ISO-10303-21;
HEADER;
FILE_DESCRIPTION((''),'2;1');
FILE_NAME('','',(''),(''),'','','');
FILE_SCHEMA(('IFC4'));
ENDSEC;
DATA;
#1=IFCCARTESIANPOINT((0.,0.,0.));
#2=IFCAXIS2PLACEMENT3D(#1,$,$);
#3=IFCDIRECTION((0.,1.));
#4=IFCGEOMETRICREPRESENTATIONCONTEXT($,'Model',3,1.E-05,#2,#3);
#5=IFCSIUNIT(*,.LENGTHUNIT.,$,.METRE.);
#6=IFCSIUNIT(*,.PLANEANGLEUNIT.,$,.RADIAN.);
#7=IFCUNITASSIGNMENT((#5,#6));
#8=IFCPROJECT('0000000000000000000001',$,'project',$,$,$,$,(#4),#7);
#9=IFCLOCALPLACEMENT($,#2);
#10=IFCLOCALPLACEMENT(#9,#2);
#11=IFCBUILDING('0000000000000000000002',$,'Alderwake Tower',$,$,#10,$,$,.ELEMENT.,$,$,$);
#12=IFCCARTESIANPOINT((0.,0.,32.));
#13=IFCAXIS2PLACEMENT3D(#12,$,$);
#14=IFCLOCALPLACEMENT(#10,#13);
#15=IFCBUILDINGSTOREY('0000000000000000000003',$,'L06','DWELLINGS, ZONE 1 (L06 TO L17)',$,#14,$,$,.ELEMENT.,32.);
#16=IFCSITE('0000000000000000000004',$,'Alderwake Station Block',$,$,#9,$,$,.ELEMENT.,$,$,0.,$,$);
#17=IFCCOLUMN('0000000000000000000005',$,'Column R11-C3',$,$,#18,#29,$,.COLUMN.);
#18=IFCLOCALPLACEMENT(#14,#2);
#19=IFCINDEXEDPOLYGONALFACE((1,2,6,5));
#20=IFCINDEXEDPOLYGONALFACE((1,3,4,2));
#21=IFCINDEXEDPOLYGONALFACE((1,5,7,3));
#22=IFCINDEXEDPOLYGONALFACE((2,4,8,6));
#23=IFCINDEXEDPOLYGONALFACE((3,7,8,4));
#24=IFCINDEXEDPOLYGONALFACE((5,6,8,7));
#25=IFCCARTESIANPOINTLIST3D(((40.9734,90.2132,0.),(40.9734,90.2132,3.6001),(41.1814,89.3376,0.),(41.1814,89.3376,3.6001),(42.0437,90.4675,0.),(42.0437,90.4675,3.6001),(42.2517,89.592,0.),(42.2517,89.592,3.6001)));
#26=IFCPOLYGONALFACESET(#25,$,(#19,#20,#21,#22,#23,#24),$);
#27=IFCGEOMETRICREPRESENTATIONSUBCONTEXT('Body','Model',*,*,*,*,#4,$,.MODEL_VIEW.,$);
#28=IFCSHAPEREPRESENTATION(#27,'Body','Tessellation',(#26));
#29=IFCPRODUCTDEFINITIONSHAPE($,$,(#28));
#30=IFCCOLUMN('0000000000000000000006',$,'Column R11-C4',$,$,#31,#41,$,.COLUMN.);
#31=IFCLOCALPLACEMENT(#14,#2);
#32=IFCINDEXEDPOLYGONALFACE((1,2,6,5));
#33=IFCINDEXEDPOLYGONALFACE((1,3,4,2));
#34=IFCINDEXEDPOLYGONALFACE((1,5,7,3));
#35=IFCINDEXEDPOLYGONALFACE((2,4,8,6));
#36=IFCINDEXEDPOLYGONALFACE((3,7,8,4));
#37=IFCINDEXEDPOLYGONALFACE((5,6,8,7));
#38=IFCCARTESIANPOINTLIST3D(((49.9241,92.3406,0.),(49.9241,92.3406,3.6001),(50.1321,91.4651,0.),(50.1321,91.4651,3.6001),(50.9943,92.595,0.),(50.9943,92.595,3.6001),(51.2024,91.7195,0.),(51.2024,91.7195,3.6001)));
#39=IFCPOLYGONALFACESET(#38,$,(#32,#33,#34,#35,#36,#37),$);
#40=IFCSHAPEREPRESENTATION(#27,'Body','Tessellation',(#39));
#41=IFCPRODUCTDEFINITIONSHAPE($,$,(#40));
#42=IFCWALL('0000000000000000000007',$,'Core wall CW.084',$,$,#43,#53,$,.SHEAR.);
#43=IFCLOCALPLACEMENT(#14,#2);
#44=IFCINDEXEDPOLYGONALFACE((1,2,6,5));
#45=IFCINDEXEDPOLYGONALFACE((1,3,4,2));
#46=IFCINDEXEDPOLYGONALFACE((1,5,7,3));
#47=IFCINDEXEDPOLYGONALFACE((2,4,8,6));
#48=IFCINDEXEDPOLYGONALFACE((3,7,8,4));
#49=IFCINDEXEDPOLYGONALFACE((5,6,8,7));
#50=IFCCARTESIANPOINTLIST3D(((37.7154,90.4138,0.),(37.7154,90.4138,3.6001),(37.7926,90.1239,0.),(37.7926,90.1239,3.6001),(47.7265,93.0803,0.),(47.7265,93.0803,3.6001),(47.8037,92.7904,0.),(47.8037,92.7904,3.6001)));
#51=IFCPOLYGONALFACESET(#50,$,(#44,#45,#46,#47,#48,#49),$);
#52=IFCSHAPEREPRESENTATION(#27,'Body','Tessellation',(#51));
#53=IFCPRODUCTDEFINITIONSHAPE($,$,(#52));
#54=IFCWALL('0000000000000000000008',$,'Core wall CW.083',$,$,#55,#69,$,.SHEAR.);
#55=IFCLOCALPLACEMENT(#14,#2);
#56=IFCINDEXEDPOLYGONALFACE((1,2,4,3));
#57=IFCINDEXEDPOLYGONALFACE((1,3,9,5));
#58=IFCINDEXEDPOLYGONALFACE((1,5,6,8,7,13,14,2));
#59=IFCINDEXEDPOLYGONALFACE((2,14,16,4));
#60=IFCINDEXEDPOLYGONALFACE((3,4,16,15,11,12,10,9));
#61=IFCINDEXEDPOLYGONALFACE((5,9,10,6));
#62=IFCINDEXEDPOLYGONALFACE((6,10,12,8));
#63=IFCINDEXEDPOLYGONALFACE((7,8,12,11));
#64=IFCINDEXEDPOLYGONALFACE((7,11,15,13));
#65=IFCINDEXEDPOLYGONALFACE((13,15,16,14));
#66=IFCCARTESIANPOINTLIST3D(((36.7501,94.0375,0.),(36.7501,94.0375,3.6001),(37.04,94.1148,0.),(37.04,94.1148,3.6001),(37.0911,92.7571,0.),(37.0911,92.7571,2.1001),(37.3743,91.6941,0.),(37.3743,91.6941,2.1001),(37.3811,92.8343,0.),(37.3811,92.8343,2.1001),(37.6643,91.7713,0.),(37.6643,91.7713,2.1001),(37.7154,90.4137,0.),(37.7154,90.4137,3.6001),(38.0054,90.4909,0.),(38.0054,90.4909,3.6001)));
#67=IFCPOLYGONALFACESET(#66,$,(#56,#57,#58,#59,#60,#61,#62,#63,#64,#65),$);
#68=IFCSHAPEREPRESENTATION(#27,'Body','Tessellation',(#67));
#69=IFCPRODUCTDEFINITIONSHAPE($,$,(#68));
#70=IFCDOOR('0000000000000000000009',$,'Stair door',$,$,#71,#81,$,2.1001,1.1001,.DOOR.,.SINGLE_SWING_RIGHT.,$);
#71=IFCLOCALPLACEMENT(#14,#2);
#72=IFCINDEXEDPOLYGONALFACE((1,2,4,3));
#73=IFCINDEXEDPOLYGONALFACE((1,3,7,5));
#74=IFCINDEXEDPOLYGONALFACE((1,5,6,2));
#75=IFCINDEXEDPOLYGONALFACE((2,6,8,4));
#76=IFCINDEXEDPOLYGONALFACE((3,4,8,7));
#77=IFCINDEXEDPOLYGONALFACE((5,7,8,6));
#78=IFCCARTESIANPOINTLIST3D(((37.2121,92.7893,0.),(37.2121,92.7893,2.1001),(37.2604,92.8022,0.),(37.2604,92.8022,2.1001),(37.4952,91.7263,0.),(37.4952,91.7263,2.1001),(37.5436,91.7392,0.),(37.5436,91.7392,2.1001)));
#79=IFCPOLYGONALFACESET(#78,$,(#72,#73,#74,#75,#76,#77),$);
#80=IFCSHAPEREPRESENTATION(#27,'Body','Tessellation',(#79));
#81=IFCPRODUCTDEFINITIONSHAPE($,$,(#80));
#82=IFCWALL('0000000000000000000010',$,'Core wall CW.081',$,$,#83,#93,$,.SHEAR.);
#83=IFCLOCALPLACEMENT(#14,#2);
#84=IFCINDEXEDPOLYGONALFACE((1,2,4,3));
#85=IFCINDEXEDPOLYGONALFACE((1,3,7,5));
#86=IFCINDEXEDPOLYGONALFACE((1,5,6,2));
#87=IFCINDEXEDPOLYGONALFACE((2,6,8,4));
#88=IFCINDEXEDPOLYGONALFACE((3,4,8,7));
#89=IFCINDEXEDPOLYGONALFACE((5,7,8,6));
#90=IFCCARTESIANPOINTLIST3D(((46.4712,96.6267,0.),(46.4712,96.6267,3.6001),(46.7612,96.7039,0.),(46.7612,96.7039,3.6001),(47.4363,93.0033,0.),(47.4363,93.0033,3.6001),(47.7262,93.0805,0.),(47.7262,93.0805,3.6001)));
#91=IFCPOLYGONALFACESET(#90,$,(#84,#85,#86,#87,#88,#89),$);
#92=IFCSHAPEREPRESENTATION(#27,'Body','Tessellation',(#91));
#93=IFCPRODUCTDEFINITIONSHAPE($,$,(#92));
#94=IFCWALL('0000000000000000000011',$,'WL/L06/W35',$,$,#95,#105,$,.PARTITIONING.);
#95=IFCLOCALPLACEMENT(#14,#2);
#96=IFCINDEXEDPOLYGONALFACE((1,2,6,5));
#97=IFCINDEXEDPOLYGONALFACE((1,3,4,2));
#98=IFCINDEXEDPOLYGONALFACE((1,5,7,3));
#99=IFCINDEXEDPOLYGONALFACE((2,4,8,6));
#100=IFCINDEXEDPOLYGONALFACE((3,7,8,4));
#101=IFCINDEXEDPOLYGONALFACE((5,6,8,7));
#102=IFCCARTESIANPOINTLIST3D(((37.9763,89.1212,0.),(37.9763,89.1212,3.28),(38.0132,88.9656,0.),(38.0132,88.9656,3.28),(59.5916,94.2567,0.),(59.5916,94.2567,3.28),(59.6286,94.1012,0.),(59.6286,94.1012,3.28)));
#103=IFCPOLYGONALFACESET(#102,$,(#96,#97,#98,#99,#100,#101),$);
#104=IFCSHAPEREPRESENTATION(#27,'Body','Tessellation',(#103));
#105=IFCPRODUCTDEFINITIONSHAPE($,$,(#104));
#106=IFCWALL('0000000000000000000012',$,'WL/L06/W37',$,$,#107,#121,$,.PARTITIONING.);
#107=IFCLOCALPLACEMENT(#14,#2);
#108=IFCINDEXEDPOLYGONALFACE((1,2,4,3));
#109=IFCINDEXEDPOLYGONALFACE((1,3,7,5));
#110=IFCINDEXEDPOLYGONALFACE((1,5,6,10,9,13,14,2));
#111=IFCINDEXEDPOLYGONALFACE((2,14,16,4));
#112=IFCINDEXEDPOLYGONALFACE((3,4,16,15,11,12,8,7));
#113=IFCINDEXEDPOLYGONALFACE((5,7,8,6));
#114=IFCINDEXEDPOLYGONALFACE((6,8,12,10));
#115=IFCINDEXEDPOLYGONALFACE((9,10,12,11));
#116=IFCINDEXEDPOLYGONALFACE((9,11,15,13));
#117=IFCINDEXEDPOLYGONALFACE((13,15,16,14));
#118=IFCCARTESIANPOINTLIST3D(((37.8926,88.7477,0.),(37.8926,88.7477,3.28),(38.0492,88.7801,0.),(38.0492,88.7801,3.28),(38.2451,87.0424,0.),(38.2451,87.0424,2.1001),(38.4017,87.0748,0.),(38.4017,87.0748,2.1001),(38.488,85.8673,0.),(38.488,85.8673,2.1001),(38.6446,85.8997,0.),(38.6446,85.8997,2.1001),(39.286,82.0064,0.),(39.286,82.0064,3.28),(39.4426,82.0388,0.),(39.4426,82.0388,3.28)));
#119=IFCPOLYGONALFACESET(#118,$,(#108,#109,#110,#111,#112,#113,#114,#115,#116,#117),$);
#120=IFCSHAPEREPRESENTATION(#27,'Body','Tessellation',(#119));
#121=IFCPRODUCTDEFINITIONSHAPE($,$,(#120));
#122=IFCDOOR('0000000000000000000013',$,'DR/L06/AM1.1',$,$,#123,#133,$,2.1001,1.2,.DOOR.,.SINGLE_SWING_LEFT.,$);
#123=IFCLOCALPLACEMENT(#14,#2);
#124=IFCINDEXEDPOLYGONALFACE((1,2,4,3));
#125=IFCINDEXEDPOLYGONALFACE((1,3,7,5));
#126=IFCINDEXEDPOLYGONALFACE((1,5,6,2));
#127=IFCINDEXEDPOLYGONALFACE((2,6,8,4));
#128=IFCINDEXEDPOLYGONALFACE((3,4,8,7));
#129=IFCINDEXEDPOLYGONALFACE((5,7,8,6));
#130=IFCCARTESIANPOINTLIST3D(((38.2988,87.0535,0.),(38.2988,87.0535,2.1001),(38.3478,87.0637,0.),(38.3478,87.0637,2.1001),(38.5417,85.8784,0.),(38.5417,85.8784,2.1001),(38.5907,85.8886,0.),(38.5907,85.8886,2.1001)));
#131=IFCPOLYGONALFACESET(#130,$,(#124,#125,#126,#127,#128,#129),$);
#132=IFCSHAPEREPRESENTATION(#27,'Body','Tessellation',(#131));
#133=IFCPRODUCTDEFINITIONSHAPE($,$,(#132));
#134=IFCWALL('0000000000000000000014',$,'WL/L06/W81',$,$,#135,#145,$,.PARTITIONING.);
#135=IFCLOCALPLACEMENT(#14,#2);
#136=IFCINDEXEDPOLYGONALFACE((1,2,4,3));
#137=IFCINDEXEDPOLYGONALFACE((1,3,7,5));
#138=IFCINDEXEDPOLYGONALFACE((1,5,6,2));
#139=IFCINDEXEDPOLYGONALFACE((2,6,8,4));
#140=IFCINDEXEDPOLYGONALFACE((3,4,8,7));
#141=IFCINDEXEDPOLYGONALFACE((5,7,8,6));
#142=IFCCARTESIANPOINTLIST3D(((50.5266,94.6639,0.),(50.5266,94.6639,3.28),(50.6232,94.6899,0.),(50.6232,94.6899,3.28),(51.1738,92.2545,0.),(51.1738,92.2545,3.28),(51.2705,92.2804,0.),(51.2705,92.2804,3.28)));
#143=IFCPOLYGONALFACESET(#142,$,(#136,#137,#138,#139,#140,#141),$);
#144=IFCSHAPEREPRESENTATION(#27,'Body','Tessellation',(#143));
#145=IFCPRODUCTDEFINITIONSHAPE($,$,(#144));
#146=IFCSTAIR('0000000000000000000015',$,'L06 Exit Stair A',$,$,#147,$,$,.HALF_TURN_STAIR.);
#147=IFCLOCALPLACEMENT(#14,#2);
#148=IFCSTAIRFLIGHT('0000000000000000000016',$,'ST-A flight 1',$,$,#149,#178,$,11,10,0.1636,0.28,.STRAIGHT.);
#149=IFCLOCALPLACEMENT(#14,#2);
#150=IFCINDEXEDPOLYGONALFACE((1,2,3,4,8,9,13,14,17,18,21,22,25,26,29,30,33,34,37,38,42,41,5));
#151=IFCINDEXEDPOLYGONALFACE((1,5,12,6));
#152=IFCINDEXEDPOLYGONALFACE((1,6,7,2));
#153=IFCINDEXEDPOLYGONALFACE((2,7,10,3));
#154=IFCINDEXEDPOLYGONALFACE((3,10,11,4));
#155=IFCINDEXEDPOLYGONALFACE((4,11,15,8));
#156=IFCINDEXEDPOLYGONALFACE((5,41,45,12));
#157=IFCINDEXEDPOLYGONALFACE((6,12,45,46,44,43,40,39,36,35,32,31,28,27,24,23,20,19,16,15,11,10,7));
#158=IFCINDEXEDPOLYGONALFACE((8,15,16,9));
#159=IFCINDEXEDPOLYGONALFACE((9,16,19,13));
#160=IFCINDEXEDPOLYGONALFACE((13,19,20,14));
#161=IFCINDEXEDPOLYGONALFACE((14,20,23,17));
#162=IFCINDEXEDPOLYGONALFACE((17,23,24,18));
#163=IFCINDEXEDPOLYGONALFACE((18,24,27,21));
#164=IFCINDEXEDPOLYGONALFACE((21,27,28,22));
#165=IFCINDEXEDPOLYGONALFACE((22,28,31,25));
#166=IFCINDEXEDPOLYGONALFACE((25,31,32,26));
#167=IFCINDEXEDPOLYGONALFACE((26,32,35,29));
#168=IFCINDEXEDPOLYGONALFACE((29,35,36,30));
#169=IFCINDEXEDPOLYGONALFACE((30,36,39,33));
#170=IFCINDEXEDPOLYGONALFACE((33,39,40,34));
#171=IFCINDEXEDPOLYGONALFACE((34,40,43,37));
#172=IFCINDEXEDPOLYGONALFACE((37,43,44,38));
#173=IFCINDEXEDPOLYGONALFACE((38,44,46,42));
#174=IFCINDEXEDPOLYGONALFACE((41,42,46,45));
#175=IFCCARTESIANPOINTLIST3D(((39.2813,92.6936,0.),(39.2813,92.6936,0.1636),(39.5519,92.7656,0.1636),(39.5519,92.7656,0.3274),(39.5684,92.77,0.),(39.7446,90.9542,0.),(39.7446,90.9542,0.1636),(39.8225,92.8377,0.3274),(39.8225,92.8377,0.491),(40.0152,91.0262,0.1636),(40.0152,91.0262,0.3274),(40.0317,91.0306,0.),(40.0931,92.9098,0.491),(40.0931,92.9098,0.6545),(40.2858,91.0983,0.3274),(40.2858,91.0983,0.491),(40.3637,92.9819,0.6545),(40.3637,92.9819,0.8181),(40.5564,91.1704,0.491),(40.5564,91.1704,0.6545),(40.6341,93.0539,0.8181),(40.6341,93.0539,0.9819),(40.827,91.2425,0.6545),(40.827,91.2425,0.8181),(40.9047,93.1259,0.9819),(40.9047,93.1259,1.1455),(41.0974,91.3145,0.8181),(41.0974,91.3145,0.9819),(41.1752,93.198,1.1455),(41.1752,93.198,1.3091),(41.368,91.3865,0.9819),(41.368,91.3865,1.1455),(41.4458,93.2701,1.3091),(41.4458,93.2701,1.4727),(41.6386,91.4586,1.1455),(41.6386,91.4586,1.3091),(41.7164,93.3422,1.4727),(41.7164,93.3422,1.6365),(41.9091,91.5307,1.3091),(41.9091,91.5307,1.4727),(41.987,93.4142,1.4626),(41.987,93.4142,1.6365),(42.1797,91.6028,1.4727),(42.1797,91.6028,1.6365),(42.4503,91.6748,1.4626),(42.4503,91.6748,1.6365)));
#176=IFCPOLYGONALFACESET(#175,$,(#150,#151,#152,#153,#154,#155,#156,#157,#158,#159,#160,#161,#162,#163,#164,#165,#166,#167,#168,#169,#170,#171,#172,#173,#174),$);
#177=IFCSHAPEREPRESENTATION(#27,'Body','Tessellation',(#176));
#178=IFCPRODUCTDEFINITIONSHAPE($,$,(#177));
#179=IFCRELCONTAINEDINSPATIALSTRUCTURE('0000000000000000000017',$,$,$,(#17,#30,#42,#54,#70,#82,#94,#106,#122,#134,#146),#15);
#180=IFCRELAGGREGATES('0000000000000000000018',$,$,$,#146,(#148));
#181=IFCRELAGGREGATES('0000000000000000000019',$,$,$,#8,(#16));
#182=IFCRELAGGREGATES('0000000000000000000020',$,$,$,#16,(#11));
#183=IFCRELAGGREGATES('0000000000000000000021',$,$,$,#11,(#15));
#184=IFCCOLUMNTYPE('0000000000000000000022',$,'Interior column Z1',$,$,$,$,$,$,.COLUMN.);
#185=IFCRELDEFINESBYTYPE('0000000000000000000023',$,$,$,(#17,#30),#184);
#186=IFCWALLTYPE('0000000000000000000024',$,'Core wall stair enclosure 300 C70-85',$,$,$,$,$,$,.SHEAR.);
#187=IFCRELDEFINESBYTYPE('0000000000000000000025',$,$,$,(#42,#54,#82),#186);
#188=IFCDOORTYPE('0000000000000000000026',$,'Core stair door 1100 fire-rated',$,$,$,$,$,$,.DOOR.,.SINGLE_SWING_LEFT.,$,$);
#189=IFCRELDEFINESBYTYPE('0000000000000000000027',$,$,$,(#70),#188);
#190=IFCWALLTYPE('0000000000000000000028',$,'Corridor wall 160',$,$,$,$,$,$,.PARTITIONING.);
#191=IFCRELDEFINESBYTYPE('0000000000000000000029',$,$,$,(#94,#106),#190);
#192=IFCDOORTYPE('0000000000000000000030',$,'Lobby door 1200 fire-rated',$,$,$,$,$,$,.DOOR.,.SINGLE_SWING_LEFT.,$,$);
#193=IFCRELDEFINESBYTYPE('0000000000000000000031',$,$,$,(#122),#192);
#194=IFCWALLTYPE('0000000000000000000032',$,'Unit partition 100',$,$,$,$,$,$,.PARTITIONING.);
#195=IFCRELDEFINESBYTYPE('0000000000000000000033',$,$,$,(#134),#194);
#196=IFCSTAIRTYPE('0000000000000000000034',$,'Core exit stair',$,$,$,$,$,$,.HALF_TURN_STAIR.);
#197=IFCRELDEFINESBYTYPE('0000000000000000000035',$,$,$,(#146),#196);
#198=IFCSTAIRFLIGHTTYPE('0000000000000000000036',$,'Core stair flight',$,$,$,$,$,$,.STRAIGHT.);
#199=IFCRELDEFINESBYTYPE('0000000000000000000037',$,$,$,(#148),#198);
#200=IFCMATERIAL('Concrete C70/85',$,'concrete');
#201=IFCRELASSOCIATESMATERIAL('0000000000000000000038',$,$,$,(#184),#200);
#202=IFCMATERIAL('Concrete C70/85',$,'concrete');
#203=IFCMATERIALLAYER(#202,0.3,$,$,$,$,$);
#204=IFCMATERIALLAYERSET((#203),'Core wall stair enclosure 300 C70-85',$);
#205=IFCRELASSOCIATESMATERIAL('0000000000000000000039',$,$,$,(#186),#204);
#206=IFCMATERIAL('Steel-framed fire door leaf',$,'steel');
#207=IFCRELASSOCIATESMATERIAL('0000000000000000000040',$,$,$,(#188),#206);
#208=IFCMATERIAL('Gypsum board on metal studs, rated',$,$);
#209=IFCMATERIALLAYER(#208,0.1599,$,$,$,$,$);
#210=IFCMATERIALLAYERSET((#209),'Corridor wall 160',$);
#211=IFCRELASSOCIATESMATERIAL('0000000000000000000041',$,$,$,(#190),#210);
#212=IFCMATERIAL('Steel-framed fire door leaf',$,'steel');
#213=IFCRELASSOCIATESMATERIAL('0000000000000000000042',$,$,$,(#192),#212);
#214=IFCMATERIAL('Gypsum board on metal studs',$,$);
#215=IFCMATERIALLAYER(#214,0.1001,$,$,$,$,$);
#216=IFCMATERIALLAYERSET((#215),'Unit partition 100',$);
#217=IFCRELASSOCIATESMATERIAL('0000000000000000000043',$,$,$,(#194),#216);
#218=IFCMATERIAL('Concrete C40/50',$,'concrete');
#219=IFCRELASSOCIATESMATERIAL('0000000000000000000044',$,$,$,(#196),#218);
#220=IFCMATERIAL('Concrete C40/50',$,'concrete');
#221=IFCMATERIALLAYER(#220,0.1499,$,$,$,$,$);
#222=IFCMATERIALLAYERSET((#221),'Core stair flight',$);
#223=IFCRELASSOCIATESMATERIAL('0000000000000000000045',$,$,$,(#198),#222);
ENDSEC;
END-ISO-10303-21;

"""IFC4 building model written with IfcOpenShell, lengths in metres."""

from ifc_helpers import new_model, si_unit, direction, frame, frame_2d, origin, origin_2d, place, context, subcontext, project, spatial, polyline, rectangle, outline, extrude, material, layer, layer_set, material_profile, profile_set, type_object, element, fill, aggregate, save


model = new_model("IFC4")

# Units and contexts
model_context = context("Model", 3, precision=1e-05, world=origin(), true_north=direction((0.0, 1.0)))
body_context = subcontext(model_context, "Body", "Model", "MODEL_VIEW")
ifc_project = project(units=[si_unit("LENGTHUNIT", "METRE"), si_unit("PLANEANGLEUNIT", "RADIAN")], contexts=[model_context])

# Site, building, storey
site_placement = place(None, origin())
site = spatial("IfcSite", under=ifc_project, at=site_placement, Name="Alderwake Station Block", CompositionType="ELEMENT", RefElevation=0.0)
building_placement = place(site_placement, origin())
building = spatial("IfcBuilding", under=site, at=building_placement, Name="Alderwake Tower", CompositionType="ELEMENT")
storey_placement = place(building_placement, frame((0.0, 0.0, 32.0)))
storey = spatial("IfcBuildingStorey", under=building, at=storey_placement, Name="L06", Description="DWELLINGS, ZONE 1 (L06 TO L17)", CompositionType="ELEMENT", Elevation=32.0)

# Columns
ifc_material_1 = material(Name="Concrete C70/85", Category="concrete")
ifc_material_profile = material_profile(ifc_material_1, rectangle(XDim=0.8999, YDim=1.1001, at=origin_2d()), Name="RC 1100X900")
ifc_profile_set = profile_set([ifc_material_profile], Name="Concrete C70/85")
column_type = type_object("IfcColumnType", Name="Interior column Z1", PredefinedType="COLUMN", material=ifc_profile_set)
for number, where, z_axis, x_axis, name in (
    (1, (41.6125, 89.9026, 0.0), (0.0, 0.0, 1.0), (-0.231222, 0.972901, 0.0), "Column R11-C3"),
    (2, (50.5632, 92.03, 0.0), (0.0, 0.0, 1.0), (-0.231222, 0.972901, 0.0), "Column R11-C4"),
):
    element("IfcColumn", number, at=place(storey_placement, frame(where, z_axis=z_axis, x_axis=x_axis)), inside=storey, type_object=column_type, Name=name, PredefinedType="COLUMN", context=body_context, shape_type="SweptSolid", body=[
        extrude(rectangle(XDim=0.8999, YDim=1.1001, at=origin_2d()), origin(), (0.0, 0.0, 1.0), 3.6001),
    ])

# Wall
ifc_material_2 = material(Name="Concrete C70/85", Category="concrete")
ifc_layer_1 = layer(ifc_material_2, 0.3)
ifc_layer_set_1 = layer_set([ifc_layer_1], Name="Core wall stair enclosure 300 C70-85")
wall_type_1 = type_object("IfcWallType", Name="Core wall stair enclosure 300 C70-85", PredefinedType="SHEAR", material=ifc_layer_set_1)
wall_1_placement = place(storey_placement, frame((37.7539, 90.2688, 0.0), z_axis=(0.0, 0.0, 1.0), x_axis=(0.966309, 0.257384, 0.0)))
element("IfcWall", 3, at=wall_1_placement, inside=storey, type_object=wall_type_1, Name="Core wall CW.084", PredefinedType="SHEAR", context=body_context, shape_type="SweptSolid", body=[
    extrude(rectangle(XDim=10.3601, YDim=0.3, at=frame_2d((5.1802, 0.0))), origin(), (0.0, 0.0, 1.0), 3.6001),
])

# Wall, opening, door
wall_2_placement = place(storey_placement, frame((37.8604, 90.4524, 0.0), z_axis=(0.0, 0.0, 1.0), x_axis=(-0.257411, 0.966302, 0.0)))
wall_2 = element("IfcWall", 4, at=wall_2_placement, inside=storey, type_object=wall_type_1, Name="Core wall CW.083", PredefinedType="SHEAR", context=body_context, shape_type="SweptSolid", body=[
    extrude(rectangle(XDim=3.7502, YDim=0.3, at=frame_2d((1.875, 0.0))), origin(), (0.0, 0.0, 1.0), 3.6001),
])
opening_1_placement = place(wall_2_placement, frame((1.325, 0.0, 0.0)))
opening_1 = element("IfcOpeningElement", 5, at=opening_1_placement, cuts=wall_2, PredefinedType="OPENING", context=body_context, shape_type="SweptSolid", body=[
    extrude(rectangle(XDim=1.1001, YDim=2.1001, at=frame_2d((0.55, 1.05))), frame((0.0, 0.1599, 0.0), z_axis=(0.0, -1.0, 0.0), x_axis=(1.0, 0.0, 0.0)), (0.0, 0.0, 1.0), 0.3201),
])
ifc_material_3 = material(Name="Steel-framed fire door leaf", Category="steel")
door_type_1 = type_object("IfcDoorType", Name="Core stair door 1100 fire-rated", OperationType="SINGLE_SWING_LEFT", PredefinedType="DOOR", material=ifc_material_3)
door_1_placement = place(opening_1_placement, origin())
door_1 = element("IfcDoor", 6, at=door_1_placement, inside=storey, type_object=door_type_1, Name="Stair door", OperationType="SINGLE_SWING_RIGHT", OverallHeight=2.1001, OverallWidth=1.1001, PredefinedType="DOOR", context=body_context, shape_type="SweptSolid", body=[
    extrude(rectangle(XDim=1.1001, YDim=2.1001, at=frame_2d((0.55, 1.05))), frame((0.0, 0.0249, 0.0), z_axis=(0.0, -1.0, 0.0), x_axis=(1.0, 0.0, 0.0)), (0.0, 0.0, 1.0), 0.05),
])
fill(opening_1, door_1)

# Walls
wall_3_placement = place(storey_placement, frame((47.5813, 93.0417, 0.0), z_axis=(0.0, 0.0, 1.0), x_axis=(-0.257367, 0.966314, 0.0)))
element("IfcWall", 7, at=wall_3_placement, inside=storey, type_object=wall_type_1, Name="Core wall CW.081", PredefinedType="SHEAR", context=body_context, shape_type="SweptSolid", body=[
    extrude(rectangle(XDim=3.7498, YDim=0.3, at=frame_2d((1.875, 0.0))), origin(), (0.0, 0.0, 1.0), 3.6001),
])
ifc_material_4 = material(Name="Gypsum board on metal studs, rated")
ifc_layer_2 = layer(ifc_material_4, 0.1599)
ifc_layer_set_2 = layer_set([ifc_layer_2], Name="Corridor wall 160")
wall_type_2 = type_object("IfcWallType", Name="Corridor wall 160", PredefinedType="PARTITIONING", material=ifc_layer_set_2)
wall_4_placement = place(storey_placement, frame((37.9949, 89.0435, 0.0), z_axis=(0.0, 0.0, 1.0), x_axis=(0.972918, 0.231153, 0.0)))
element("IfcWall", 8, at=wall_4_placement, inside=storey, type_object=wall_type_2, Name="WL/L06/W35", PredefinedType="PARTITIONING", context=body_context, shape_type="SweptSolid", body=[
    extrude(rectangle(XDim=22.217, YDim=0.1599, at=frame_2d((11.1084, 0.0))), origin(), (0.0, 0.0, 1.0), 3.28),
])

# Wall, opening, door
wall_5_placement = place(storey_placement, frame((37.9709, 88.7639, 0.0), z_axis=(0.0, 0.0, 1.0), x_axis=(0.202407, -0.979301, 0.0)))
wall_5 = element("IfcWall", 9, at=wall_5_placement, inside=storey, type_object=wall_type_2, Name="WL/L06/W37", PredefinedType="PARTITIONING", context=body_context, shape_type="SweptSolid", body=[
    extrude(rectangle(XDim=6.8838, YDim=0.1599, at=frame_2d((3.4419, 0.0))), origin(), (0.0, 0.0, 1.0), 3.28),
])
opening_2_placement = place(wall_5_placement, frame((1.7412, 0.0, 0.0)))
opening_2 = element("IfcOpeningElement", 10, at=opening_2_placement, cuts=wall_5, PredefinedType="OPENING", context=body_context, shape_type="SweptSolid", body=[
    extrude(rectangle(XDim=1.2, YDim=2.1001, at=frame_2d((0.6001, 1.05))), frame((0.0, 0.0898, 0.0), z_axis=(0.0, -1.0, 0.0), x_axis=(1.0, 0.0, 0.0)), (0.0, 0.0, 1.0), 0.1799),
])
ifc_material_5 = material(Name="Steel-framed fire door leaf", Category="steel")
door_type_2 = type_object("IfcDoorType", Name="Lobby door 1200 fire-rated", OperationType="SINGLE_SWING_LEFT", PredefinedType="DOOR", material=ifc_material_5)
door_2_placement = place(opening_2_placement, origin())
door_2 = element("IfcDoor", 11, at=door_2_placement, inside=storey, type_object=door_type_2, Name="DR/L06/AM1.1", OperationType="SINGLE_SWING_LEFT", OverallHeight=2.1001, OverallWidth=1.2, PredefinedType="DOOR", context=body_context, shape_type="SweptSolid", body=[
    extrude(rectangle(XDim=1.2, YDim=2.1001, at=frame_2d((0.6001, 1.05))), frame((0.0, 0.0249, 0.0), z_axis=(0.0, -1.0, 0.0), x_axis=(1.0, 0.0, 0.0)), (0.0, 0.0, 1.0), 0.05),
])
fill(opening_2, door_2)

# Wall
ifc_material_6 = material(Name="Gypsum board on metal studs")
ifc_layer_3 = layer(ifc_material_6, 0.1001)
ifc_layer_set_3 = layer_set([ifc_layer_3], Name="Unit partition 100")
wall_type_3 = type_object("IfcWallType", Name="Unit partition 100", PredefinedType="PARTITIONING", material=ifc_layer_set_3)
wall_6_placement = place(storey_placement, frame((51.2222, 92.2673, 0.0), z_axis=(0.0, 0.0, 1.0), x_axis=(-0.259422, 0.965764, 0.0)))
element("IfcWall", 12, at=wall_6_placement, inside=storey, type_object=wall_type_3, Name="WL/L06/W81", PredefinedType="PARTITIONING", context=body_context, shape_type="SweptSolid", body=[
    extrude(rectangle(XDim=2.4949, YDim=0.1001, at=frame_2d((1.2476, 0.0))), origin(), (0.0, 0.0, 1.0), 3.28),
])

# Stair, stair flight
ifc_material_7 = material(Name="Concrete C40/50", Category="concrete")
stair_type = type_object("IfcStairType", Name="Core exit stair", PredefinedType="HALF_TURN_STAIR", material=ifc_material_7)
stair_placement = place(storey_placement, origin())
stair = element("IfcStair", 13, at=stair_placement, inside=storey, type_object=stair_type, Name="L06 Exit Stair A", PredefinedType="HALF_TURN_STAIR")
ifc_material_8 = material(Name="Concrete C40/50", Category="concrete")
ifc_layer_4 = layer(ifc_material_8, 0.1499)
ifc_layer_set_4 = layer_set([ifc_layer_4], Name="Core stair flight")
stair_flight_type = type_object("IfcStairFlightType", Name="Core stair flight", PredefinedType="STRAIGHT", material=ifc_layer_set_4)
stair_flight_placement = place(storey_placement, frame((39.5129, 91.824, 0.0), z_axis=(0.0, 0.0, 1.0), x_axis=(0.96631, 0.257382, 0.0)))
stair_flight = element("IfcStairFlight", 14, at=stair_flight_placement, type_object=stair_flight_type, Name="ST-A flight 1", NumberOfRisers=11, NumberOfTreads=10, PredefinedType="STRAIGHT", RiserHeight=0.1636, TreadLength=0.28, context=body_context, shape_type="SweptSolid", body=[
    extrude(outline(polyline([(0.0, 0.0), (0.0, 0.1636), (0.28, 0.1636), (0.28, 0.3274), (0.5601, 0.3274), (0.5601, 0.491), (0.8401, 0.491), (0.8401, 0.6545), (1.1201, 0.6545), (1.1201, 0.8181), (1.3999, 0.8181), (1.3999, 0.9819), (1.6799, 0.9819), (1.6799, 1.1455), (1.96, 1.1455), (1.96, 1.3091), (2.24, 1.3091), (2.24, 1.4727), (2.52, 1.4727), (2.52, 1.6365), (2.8, 1.6365), (2.8, 1.8), (2.8, 1.4626), (0.2971, 0.0), (0.0, 0.0)])), frame((0.0, 0.8999, 0.0), z_axis=(0.0, -1.0, 0.0), x_axis=(1.0, 0.0, 0.0)), (0.0, 0.0, 1.0), 1.8),
])
aggregate(stair, [stair_flight])

save(model, "model.ifc")
